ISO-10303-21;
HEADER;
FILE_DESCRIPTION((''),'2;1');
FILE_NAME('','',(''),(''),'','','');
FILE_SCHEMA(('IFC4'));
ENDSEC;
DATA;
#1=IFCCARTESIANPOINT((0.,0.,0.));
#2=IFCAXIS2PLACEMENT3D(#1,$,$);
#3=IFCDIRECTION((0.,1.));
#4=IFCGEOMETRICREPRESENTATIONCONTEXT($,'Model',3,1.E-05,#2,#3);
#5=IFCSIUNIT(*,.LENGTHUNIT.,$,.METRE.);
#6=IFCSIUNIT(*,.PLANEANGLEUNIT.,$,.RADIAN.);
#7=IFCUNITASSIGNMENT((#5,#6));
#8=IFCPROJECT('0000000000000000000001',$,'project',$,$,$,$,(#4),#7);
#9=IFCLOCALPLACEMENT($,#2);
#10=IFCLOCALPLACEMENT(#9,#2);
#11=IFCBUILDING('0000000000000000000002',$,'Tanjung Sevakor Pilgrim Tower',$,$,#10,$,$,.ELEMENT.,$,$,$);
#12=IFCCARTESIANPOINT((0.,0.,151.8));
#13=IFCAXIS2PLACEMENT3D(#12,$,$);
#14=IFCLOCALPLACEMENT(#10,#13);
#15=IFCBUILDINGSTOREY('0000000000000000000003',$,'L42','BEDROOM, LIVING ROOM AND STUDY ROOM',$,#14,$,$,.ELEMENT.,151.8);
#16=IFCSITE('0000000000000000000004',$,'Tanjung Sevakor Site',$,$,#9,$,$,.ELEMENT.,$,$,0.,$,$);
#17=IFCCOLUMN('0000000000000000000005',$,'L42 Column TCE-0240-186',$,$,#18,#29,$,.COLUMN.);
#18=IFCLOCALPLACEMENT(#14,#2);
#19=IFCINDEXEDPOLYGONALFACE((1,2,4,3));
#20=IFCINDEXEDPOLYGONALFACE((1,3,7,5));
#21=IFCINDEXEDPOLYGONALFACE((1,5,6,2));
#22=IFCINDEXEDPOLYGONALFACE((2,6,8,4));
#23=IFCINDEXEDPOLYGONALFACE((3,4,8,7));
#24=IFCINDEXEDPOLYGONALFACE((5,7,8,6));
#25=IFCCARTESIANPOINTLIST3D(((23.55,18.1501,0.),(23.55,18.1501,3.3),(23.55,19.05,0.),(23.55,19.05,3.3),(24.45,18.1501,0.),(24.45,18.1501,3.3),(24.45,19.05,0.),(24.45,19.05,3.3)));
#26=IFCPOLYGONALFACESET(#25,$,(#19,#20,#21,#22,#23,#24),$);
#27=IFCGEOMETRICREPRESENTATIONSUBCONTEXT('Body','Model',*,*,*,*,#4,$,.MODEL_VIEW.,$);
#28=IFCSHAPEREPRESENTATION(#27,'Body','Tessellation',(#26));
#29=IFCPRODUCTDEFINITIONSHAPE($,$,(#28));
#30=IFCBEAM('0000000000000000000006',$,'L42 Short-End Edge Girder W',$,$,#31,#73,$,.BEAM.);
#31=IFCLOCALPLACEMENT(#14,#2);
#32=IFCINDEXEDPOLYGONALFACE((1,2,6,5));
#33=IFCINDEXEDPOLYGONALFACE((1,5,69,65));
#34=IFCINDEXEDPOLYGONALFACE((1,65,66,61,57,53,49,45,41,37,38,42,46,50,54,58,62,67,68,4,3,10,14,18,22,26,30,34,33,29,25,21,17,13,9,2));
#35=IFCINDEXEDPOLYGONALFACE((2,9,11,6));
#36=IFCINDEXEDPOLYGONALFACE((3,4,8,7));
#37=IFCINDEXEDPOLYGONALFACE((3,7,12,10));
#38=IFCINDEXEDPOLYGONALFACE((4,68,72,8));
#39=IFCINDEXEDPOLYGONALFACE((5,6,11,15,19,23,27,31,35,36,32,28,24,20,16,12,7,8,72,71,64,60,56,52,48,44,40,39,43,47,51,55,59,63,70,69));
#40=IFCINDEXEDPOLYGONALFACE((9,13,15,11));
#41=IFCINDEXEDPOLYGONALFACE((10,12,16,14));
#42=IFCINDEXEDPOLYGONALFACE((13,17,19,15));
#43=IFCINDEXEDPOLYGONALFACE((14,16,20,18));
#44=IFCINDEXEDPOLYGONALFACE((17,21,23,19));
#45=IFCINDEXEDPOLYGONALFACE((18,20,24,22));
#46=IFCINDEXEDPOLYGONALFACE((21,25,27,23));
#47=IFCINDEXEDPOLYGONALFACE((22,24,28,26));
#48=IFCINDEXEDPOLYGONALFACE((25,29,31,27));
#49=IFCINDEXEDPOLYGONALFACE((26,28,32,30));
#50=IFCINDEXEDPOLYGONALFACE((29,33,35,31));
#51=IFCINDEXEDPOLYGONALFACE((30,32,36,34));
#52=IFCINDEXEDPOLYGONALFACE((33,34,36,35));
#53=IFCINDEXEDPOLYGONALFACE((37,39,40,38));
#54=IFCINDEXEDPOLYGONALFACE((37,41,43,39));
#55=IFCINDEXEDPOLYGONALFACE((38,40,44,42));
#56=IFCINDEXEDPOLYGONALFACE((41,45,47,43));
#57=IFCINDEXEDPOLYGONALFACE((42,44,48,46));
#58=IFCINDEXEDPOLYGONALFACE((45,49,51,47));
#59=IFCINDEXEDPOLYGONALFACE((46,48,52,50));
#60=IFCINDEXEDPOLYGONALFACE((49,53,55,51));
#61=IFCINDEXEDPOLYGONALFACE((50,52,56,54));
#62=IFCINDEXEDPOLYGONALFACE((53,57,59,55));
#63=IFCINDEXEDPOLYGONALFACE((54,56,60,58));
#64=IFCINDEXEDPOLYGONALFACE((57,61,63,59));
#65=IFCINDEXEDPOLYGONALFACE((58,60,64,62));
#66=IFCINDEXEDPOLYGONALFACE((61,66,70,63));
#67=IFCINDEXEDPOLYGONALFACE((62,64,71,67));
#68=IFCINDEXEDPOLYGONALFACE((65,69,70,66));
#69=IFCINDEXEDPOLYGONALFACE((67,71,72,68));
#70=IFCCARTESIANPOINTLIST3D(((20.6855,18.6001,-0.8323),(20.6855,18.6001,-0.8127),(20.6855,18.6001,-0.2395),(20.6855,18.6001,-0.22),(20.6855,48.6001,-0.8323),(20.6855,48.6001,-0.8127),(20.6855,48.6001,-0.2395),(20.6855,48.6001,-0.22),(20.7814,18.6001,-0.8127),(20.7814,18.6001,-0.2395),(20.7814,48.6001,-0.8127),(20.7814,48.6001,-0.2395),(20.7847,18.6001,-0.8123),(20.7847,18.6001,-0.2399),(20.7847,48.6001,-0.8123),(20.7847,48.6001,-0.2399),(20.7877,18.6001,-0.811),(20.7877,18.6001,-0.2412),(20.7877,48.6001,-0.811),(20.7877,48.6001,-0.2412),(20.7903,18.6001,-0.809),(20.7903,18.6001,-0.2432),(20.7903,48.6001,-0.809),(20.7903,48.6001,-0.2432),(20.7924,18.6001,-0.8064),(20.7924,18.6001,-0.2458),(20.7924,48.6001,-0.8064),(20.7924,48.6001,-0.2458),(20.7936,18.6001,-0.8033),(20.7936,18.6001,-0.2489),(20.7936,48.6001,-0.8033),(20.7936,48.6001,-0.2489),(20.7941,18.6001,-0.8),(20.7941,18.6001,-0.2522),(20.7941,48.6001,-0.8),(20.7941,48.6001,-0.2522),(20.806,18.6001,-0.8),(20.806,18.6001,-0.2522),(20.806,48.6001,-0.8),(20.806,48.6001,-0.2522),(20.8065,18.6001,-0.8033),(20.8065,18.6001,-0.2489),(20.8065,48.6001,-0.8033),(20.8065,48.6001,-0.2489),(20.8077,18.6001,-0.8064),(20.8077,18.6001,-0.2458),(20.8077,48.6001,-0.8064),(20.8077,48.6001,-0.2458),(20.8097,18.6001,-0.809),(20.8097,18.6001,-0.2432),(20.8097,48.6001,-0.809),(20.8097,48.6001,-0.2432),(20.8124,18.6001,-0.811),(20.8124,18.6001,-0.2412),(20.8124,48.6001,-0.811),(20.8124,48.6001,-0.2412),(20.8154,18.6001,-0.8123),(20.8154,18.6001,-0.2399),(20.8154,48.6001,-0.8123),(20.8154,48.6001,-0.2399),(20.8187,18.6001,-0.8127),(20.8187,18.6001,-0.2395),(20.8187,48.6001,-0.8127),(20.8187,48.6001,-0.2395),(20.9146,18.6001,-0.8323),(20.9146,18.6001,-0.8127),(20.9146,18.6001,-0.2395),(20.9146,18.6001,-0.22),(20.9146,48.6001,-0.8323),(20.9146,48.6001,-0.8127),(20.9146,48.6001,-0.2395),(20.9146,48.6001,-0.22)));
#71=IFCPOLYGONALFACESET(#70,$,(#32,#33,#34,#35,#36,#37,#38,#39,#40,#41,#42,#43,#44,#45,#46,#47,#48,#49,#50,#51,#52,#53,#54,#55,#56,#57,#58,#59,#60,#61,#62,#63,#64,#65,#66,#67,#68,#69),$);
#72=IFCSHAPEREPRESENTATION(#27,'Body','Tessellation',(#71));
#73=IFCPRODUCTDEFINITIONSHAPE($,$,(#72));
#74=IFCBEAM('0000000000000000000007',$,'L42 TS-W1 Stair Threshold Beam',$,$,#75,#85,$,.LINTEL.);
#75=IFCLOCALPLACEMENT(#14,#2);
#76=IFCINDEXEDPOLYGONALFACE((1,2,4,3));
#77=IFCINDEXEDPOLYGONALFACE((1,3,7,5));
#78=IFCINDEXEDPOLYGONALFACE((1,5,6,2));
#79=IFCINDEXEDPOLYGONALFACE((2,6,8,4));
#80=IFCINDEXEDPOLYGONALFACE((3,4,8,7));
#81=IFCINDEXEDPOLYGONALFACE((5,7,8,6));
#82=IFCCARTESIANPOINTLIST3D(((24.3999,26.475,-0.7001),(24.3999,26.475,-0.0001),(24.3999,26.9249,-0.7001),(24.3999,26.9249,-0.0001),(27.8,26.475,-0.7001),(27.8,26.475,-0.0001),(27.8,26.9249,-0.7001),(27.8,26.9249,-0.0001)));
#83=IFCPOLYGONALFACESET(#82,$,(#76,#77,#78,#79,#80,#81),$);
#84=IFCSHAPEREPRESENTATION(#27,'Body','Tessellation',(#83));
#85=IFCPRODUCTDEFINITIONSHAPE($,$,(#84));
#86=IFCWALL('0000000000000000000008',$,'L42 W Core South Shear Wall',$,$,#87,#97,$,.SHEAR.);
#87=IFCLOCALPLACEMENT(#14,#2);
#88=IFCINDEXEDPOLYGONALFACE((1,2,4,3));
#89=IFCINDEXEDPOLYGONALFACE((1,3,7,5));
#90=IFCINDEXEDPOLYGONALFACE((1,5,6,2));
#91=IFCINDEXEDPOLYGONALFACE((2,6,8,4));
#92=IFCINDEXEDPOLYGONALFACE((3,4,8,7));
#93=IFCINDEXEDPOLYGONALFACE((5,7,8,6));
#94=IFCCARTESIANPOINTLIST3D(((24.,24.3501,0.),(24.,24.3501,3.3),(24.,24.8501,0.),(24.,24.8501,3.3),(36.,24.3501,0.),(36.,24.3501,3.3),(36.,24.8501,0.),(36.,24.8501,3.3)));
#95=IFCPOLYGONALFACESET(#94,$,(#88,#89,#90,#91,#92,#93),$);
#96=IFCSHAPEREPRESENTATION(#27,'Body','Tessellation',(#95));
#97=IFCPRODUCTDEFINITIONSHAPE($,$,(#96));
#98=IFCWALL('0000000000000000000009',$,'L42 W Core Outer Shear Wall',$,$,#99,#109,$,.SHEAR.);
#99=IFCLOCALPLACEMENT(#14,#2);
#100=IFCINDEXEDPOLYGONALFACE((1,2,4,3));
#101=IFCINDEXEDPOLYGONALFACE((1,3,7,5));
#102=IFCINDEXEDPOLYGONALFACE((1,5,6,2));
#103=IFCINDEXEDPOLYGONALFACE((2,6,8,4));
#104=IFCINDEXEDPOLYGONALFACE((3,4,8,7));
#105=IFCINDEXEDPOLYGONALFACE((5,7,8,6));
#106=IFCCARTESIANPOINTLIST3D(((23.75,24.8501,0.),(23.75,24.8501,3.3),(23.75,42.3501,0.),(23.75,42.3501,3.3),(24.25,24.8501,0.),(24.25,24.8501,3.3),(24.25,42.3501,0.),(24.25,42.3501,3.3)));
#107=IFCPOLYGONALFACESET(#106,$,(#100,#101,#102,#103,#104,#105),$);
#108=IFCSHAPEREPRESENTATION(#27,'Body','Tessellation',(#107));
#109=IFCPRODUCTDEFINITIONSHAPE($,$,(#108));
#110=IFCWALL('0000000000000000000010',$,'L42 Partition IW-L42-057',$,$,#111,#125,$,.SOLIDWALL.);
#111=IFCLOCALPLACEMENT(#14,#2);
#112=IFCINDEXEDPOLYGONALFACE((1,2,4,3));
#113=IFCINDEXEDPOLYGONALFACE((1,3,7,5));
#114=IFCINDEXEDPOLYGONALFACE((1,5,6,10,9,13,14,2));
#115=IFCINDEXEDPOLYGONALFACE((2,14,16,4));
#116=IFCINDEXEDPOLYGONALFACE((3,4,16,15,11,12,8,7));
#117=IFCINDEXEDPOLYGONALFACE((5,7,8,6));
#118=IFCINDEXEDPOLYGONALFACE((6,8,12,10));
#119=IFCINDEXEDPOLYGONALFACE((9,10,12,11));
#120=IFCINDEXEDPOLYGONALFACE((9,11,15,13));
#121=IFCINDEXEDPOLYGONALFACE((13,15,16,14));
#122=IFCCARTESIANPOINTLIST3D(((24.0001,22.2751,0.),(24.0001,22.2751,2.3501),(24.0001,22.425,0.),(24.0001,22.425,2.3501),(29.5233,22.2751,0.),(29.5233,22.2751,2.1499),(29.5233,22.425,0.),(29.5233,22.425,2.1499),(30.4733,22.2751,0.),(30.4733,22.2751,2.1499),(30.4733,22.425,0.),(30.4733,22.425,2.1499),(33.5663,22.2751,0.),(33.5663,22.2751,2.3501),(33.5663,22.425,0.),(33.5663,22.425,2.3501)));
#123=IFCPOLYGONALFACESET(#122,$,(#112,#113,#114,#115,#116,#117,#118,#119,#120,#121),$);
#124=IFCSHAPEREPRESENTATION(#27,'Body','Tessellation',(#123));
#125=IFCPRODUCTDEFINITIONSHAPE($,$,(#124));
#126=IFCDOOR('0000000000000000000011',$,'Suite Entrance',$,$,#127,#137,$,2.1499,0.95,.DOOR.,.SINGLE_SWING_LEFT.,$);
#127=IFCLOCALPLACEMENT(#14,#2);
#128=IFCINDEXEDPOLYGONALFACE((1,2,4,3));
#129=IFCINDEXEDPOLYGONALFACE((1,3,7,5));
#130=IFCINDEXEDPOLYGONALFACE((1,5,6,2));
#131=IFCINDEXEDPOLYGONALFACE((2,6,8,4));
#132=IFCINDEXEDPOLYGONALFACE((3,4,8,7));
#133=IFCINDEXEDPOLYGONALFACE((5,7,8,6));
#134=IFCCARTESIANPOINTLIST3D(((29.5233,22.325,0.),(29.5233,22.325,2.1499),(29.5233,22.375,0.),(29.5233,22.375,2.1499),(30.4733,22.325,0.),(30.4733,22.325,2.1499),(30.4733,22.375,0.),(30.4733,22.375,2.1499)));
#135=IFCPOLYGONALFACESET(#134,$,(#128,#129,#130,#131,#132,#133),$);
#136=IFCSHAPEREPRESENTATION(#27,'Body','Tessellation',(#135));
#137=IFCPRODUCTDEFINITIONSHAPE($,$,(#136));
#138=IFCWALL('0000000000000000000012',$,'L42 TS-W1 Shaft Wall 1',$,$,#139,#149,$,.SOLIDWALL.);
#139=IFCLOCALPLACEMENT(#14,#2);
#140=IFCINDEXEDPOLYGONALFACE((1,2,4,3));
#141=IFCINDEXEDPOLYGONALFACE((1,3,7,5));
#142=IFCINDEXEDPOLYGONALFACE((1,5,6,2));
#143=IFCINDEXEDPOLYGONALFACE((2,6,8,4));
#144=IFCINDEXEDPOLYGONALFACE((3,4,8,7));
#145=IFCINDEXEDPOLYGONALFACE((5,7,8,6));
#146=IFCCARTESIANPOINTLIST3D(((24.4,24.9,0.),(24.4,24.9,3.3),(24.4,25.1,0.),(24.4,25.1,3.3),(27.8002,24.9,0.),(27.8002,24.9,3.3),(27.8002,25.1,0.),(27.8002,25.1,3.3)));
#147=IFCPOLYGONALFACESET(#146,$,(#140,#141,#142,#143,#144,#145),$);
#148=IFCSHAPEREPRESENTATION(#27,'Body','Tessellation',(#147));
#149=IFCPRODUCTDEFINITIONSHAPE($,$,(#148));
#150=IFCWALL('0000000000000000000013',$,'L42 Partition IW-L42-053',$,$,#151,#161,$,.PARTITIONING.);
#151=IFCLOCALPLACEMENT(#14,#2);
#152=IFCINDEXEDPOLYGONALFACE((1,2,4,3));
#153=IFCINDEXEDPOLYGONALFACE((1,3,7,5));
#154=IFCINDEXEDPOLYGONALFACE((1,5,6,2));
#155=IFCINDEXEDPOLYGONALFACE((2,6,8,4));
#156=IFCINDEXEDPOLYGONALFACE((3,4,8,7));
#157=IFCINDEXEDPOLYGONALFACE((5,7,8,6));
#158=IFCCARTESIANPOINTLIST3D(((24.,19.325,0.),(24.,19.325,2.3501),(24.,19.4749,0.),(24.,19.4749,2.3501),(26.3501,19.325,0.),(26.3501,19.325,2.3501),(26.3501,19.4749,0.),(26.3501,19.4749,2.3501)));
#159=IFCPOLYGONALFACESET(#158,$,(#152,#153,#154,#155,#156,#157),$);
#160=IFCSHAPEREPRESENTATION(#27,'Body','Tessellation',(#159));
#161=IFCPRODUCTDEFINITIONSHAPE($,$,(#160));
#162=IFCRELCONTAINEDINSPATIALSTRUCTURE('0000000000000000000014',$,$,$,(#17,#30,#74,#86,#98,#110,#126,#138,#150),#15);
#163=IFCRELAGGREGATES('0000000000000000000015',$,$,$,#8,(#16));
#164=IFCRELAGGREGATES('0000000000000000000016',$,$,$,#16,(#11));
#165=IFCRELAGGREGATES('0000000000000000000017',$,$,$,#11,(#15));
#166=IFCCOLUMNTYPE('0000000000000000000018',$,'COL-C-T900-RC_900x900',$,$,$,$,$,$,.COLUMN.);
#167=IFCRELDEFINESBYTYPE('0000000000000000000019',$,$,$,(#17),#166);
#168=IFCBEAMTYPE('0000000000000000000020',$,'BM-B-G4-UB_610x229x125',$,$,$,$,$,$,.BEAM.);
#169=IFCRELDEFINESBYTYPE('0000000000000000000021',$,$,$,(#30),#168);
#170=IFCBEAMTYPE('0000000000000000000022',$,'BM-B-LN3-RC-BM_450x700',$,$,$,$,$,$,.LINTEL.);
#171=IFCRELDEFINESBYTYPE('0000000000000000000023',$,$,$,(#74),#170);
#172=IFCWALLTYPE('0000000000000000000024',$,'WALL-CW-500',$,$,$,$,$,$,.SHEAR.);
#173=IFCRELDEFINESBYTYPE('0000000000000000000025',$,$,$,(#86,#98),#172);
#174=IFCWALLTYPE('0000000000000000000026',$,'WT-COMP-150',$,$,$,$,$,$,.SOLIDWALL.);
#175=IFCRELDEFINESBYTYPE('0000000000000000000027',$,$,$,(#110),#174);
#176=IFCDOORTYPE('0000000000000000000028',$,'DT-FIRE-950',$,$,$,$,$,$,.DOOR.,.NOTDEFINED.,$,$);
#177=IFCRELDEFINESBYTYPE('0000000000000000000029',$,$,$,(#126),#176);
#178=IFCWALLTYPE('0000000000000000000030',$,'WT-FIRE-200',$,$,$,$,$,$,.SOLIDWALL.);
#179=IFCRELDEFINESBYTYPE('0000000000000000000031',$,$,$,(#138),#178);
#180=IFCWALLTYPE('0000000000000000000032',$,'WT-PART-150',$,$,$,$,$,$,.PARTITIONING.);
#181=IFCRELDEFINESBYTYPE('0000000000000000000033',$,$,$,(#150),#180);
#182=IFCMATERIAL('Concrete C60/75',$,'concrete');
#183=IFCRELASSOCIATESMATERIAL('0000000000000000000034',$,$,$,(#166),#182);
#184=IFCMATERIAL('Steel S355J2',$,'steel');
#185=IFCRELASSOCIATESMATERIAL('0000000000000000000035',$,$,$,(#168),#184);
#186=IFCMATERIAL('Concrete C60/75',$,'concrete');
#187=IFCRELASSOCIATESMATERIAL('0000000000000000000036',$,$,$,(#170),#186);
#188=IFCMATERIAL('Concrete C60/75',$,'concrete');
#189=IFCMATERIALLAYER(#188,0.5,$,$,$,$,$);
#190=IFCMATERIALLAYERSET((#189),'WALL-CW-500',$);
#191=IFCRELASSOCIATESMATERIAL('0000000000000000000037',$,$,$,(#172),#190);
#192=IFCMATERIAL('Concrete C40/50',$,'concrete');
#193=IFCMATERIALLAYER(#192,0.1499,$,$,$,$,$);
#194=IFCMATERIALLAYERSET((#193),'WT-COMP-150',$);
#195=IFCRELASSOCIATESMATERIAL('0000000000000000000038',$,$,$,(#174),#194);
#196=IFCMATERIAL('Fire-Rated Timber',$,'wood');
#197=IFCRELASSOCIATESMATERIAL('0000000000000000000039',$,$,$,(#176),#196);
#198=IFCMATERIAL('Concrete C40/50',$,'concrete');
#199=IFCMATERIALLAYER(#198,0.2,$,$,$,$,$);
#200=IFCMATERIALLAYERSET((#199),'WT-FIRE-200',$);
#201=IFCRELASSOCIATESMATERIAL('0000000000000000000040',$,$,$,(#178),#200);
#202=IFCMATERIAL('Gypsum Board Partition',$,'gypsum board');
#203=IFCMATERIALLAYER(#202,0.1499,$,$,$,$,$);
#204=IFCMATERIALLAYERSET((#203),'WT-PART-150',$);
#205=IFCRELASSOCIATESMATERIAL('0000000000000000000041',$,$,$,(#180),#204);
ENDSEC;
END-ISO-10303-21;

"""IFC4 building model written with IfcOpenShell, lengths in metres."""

from ifc_helpers import new_model, si_unit, direction, frame, frame_2d, origin, origin_2d, place, context, subcontext, project, spatial, rectangle, i_section, extrude, material, layer, layer_set, material_profile, profile_set, type_object, element, fill, save


model = new_model("IFC4")

# Units and contexts
model_context = context("Model", 3, precision=1e-05, world=origin(), true_north=direction((0.0, 1.0)))
body_context = subcontext(model_context, "Body", "Model", "MODEL_VIEW")
ifc_project = project(units=[si_unit("LENGTHUNIT", "METRE"), si_unit("PLANEANGLEUNIT", "RADIAN")], contexts=[model_context])

# Site, building, storey
site_placement = place(None, origin())
site = spatial("IfcSite", under=ifc_project, at=site_placement, Name="Tanjung Sevakor Site", CompositionType="ELEMENT", RefElevation=0.0)
building_placement = place(site_placement, origin())
building = spatial("IfcBuilding", under=site, at=building_placement, Name="Tanjung Sevakor Pilgrim Tower", CompositionType="ELEMENT")
storey_placement = place(building_placement, frame((0.0, 0.0, 151.8)))
storey = spatial("IfcBuildingStorey", under=building, at=storey_placement, Name="L42", Description="BEDROOM, LIVING ROOM AND STUDY ROOM", CompositionType="ELEMENT", Elevation=151.8)

# Column
ifc_material_1 = material(Name="Concrete C60/75", Category="concrete")
ifc_material_profile_1 = material_profile(ifc_material_1, rectangle(XDim=0.8999, YDim=0.8999, at=origin_2d()))
ifc_profile_set_1 = profile_set([ifc_material_profile_1], Name="Concrete C60/75")
column_type = type_object("IfcColumnType", Name="COL-C-T900-RC_900x900", PredefinedType="COLUMN", material=ifc_profile_set_1)
column_placement = place(storey_placement, frame((24.0, 18.6001, 0.0), z_axis=(0.0, 0.0, 1.0), x_axis=(1.0, 0.0, 0.0)))
element("IfcColumn", 1, at=column_placement, inside=storey, type_object=column_type, Name="L42 Column TCE-0240-186", PredefinedType="COLUMN", context=body_context, shape_type="SweptSolid", body=[
    extrude(rectangle(XDim=0.8999, YDim=0.8999, at=origin_2d()), origin(), (0.0, 0.0, 1.0), 3.3),
])

# Beams
ifc_material_2 = material(Name="Steel S355J2", Category="steel")
ifc_material_profile_2 = material_profile(ifc_material_2, i_section(OverallWidth=0.229, OverallDepth=0.6123, WebThickness=0.012, FlangeThickness=0.0195, FilletRadius=0.0127, at=origin_2d()))
ifc_profile_set_2 = profile_set([ifc_material_profile_2], Name="Steel S355J2")
beam_type_1 = type_object("IfcBeamType", Name="BM-B-G4-UB_610x229x125", PredefinedType="BEAM", material=ifc_profile_set_2)
beam_1_placement = place(storey_placement, frame((20.8, 18.6001, -0.5261), z_axis=(0.0, 1.0, 0.0), x_axis=(-1.0, 0.0, 0.0)))
element("IfcBeam", 2, at=beam_1_placement, inside=storey, type_object=beam_type_1, Name="L42 Short-End Edge Girder W", PredefinedType="BEAM", context=body_context, shape_type="SweptSolid", body=[
    extrude(i_section(OverallWidth=0.229, OverallDepth=0.6123, WebThickness=0.012, FlangeThickness=0.0195, FilletRadius=0.0127, at=origin_2d()), origin(), (0.0, 0.0, 1.0), 30.0),
])
ifc_material_3 = material(Name="Concrete C60/75", Category="concrete")
ifc_material_profile_3 = material_profile(ifc_material_3, rectangle(XDim=0.45, YDim=0.7, at=origin_2d()))
ifc_profile_set_3 = profile_set([ifc_material_profile_3], Name="Concrete C60/75")
beam_type_2 = type_object("IfcBeamType", Name="BM-B-LN3-RC-BM_450x700", PredefinedType="LINTEL", material=ifc_profile_set_3)
beam_2_placement = place(storey_placement, frame((24.3999, 26.7, -0.3501), z_axis=(1.0, 0.0, 0.0), x_axis=(0.0, 1.0, 0.0)))
element("IfcBeam", 3, at=beam_2_placement, inside=storey, type_object=beam_type_2, Name="L42 TS-W1 Stair Threshold Beam", PredefinedType="LINTEL", context=body_context, shape_type="SweptSolid", body=[
    extrude(rectangle(XDim=0.45, YDim=0.7, at=origin_2d()), origin(), (0.0, 0.0, 1.0), 3.4001),
])

# Walls
ifc_material_4 = material(Name="Concrete C60/75", Category="concrete")
ifc_layer_1 = layer(ifc_material_4, 0.5)
ifc_layer_set_1 = layer_set([ifc_layer_1], Name="WALL-CW-500")
wall_type_1 = type_object("IfcWallType", Name="WALL-CW-500", PredefinedType="SHEAR", material=ifc_layer_set_1)
wall_1_placement = place(storey_placement, frame((24.0, 24.6001, 0.0), z_axis=(0.0, 0.0, 1.0), x_axis=(1.0, 0.0, 0.0)))
element("IfcWall", 4, at=wall_1_placement, inside=storey, type_object=wall_type_1, Name="L42 W Core South Shear Wall", PredefinedType="SHEAR", context=body_context, shape_type="SweptSolid", body=[
    extrude(rectangle(XDim=12.0, YDim=0.5, at=frame_2d((6.0, 0.0))), origin(), (0.0, 0.0, 1.0), 3.3),
])
wall_2_placement = place(storey_placement, frame((24.0, 24.8501, 0.0), z_axis=(0.0, 0.0, 1.0), x_axis=(0.0, 1.0, 0.0)))
element("IfcWall", 5, at=wall_2_placement, inside=storey, type_object=wall_type_1, Name="L42 W Core Outer Shear Wall", PredefinedType="SHEAR", context=body_context, shape_type="SweptSolid", body=[
    extrude(rectangle(XDim=17.5, YDim=0.5, at=frame_2d((8.75, 0.0))), origin(), (0.0, 0.0, 1.0), 3.3),
])

# Wall, opening, door
ifc_material_5 = material(Name="Concrete C40/50", Category="concrete")
ifc_layer_2 = layer(ifc_material_5, 0.1499)
ifc_layer_set_2 = layer_set([ifc_layer_2], Name="WT-COMP-150")
wall_type_2 = type_object("IfcWallType", Name="WT-COMP-150", PredefinedType="SOLIDWALL", material=ifc_layer_set_2)
wall_3_placement = place(storey_placement, frame((24.0, 22.3501, 0.0), z_axis=(0.0, 0.0, 1.0), x_axis=(1.0, 0.0, 0.0)))
wall_3 = element("IfcWall", 6, at=wall_3_placement, inside=storey, type_object=wall_type_2, Name="L42 Partition IW-L42-057", PredefinedType="SOLIDWALL", context=body_context, shape_type="SweptSolid", body=[
    extrude(rectangle(XDim=9.5662, YDim=0.1499, at=frame_2d((4.7832, 0.0))), origin(), (0.0, 0.0, 1.0), 2.3501),
])
opening_placement = place(wall_3_placement, frame((5.5232, 0.0, 0.0)))
opening = element("IfcOpeningElement", 7, at=opening_placement, cuts=wall_3, PredefinedType="OPENING", context=body_context, shape_type="SweptSolid", body=[
    extrude(rectangle(XDim=0.95, YDim=2.1499, at=frame_2d((0.4751, 1.075))), frame((0.0, 0.085, 0.0), z_axis=(0.0, -1.0, 0.0), x_axis=(1.0, 0.0, 0.0)), (0.0, 0.0, 1.0), 0.1699),
])
ifc_material_6 = material(Name="Fire-Rated Timber", Category="wood")
door_type = type_object("IfcDoorType", Name="DT-FIRE-950", OperationType="NOTDEFINED", PredefinedType="DOOR", material=ifc_material_6)
door_placement = place(opening_placement, origin())
door = element("IfcDoor", 8, at=door_placement, inside=storey, type_object=door_type, Name="Suite Entrance", OperationType="SINGLE_SWING_LEFT", OverallHeight=2.1499, OverallWidth=0.95, PredefinedType="DOOR", context=body_context, shape_type="SweptSolid", body=[
    extrude(rectangle(XDim=0.95, YDim=2.1499, at=frame_2d((0.4751, 1.075))), frame((0.0, 0.0249, 0.0), z_axis=(0.0, -1.0, 0.0), x_axis=(1.0, 0.0, 0.0)), (0.0, 0.0, 1.0), 0.05),
])
fill(opening, door)

# Walls
ifc_material_7 = material(Name="Concrete C40/50", Category="concrete")
ifc_layer_3 = layer(ifc_material_7, 0.2)
ifc_layer_set_3 = layer_set([ifc_layer_3], Name="WT-FIRE-200")
wall_type_3 = type_object("IfcWallType", Name="WT-FIRE-200", PredefinedType="SOLIDWALL", material=ifc_layer_set_3)
wall_4_placement = place(storey_placement, frame((24.3999, 25.0, 0.0), z_axis=(0.0, 0.0, 1.0), x_axis=(1.0, 0.0, 0.0)))
element("IfcWall", 9, at=wall_4_placement, inside=storey, type_object=wall_type_3, Name="L42 TS-W1 Shaft Wall 1", PredefinedType="SOLIDWALL", context=body_context, shape_type="SweptSolid", body=[
    extrude(rectangle(XDim=3.4001, YDim=0.2, at=frame_2d((1.7002, 0.0))), origin(), (0.0, 0.0, 1.0), 3.3),
])
ifc_material_8 = material(Name="Gypsum Board Partition", Category="gypsum board")
ifc_layer_4 = layer(ifc_material_8, 0.1499)
ifc_layer_set_4 = layer_set([ifc_layer_4], Name="WT-PART-150")
wall_type_4 = type_object("IfcWallType", Name="WT-PART-150", PredefinedType="PARTITIONING", material=ifc_layer_set_4)
wall_5_placement = place(storey_placement, frame((24.0, 19.3999, 0.0), z_axis=(0.0, 0.0, 1.0), x_axis=(1.0, 0.0, 0.0)))
element("IfcWall", 10, at=wall_5_placement, inside=storey, type_object=wall_type_4, Name="L42 Partition IW-L42-053", PredefinedType="PARTITIONING", context=body_context, shape_type="SweptSolid", body=[
    extrude(rectangle(XDim=2.3501, YDim=0.1499, at=frame_2d((1.175, 0.0))), origin(), (0.0, 0.0, 1.0), 2.3501),
])

save(model, "model.ifc")
